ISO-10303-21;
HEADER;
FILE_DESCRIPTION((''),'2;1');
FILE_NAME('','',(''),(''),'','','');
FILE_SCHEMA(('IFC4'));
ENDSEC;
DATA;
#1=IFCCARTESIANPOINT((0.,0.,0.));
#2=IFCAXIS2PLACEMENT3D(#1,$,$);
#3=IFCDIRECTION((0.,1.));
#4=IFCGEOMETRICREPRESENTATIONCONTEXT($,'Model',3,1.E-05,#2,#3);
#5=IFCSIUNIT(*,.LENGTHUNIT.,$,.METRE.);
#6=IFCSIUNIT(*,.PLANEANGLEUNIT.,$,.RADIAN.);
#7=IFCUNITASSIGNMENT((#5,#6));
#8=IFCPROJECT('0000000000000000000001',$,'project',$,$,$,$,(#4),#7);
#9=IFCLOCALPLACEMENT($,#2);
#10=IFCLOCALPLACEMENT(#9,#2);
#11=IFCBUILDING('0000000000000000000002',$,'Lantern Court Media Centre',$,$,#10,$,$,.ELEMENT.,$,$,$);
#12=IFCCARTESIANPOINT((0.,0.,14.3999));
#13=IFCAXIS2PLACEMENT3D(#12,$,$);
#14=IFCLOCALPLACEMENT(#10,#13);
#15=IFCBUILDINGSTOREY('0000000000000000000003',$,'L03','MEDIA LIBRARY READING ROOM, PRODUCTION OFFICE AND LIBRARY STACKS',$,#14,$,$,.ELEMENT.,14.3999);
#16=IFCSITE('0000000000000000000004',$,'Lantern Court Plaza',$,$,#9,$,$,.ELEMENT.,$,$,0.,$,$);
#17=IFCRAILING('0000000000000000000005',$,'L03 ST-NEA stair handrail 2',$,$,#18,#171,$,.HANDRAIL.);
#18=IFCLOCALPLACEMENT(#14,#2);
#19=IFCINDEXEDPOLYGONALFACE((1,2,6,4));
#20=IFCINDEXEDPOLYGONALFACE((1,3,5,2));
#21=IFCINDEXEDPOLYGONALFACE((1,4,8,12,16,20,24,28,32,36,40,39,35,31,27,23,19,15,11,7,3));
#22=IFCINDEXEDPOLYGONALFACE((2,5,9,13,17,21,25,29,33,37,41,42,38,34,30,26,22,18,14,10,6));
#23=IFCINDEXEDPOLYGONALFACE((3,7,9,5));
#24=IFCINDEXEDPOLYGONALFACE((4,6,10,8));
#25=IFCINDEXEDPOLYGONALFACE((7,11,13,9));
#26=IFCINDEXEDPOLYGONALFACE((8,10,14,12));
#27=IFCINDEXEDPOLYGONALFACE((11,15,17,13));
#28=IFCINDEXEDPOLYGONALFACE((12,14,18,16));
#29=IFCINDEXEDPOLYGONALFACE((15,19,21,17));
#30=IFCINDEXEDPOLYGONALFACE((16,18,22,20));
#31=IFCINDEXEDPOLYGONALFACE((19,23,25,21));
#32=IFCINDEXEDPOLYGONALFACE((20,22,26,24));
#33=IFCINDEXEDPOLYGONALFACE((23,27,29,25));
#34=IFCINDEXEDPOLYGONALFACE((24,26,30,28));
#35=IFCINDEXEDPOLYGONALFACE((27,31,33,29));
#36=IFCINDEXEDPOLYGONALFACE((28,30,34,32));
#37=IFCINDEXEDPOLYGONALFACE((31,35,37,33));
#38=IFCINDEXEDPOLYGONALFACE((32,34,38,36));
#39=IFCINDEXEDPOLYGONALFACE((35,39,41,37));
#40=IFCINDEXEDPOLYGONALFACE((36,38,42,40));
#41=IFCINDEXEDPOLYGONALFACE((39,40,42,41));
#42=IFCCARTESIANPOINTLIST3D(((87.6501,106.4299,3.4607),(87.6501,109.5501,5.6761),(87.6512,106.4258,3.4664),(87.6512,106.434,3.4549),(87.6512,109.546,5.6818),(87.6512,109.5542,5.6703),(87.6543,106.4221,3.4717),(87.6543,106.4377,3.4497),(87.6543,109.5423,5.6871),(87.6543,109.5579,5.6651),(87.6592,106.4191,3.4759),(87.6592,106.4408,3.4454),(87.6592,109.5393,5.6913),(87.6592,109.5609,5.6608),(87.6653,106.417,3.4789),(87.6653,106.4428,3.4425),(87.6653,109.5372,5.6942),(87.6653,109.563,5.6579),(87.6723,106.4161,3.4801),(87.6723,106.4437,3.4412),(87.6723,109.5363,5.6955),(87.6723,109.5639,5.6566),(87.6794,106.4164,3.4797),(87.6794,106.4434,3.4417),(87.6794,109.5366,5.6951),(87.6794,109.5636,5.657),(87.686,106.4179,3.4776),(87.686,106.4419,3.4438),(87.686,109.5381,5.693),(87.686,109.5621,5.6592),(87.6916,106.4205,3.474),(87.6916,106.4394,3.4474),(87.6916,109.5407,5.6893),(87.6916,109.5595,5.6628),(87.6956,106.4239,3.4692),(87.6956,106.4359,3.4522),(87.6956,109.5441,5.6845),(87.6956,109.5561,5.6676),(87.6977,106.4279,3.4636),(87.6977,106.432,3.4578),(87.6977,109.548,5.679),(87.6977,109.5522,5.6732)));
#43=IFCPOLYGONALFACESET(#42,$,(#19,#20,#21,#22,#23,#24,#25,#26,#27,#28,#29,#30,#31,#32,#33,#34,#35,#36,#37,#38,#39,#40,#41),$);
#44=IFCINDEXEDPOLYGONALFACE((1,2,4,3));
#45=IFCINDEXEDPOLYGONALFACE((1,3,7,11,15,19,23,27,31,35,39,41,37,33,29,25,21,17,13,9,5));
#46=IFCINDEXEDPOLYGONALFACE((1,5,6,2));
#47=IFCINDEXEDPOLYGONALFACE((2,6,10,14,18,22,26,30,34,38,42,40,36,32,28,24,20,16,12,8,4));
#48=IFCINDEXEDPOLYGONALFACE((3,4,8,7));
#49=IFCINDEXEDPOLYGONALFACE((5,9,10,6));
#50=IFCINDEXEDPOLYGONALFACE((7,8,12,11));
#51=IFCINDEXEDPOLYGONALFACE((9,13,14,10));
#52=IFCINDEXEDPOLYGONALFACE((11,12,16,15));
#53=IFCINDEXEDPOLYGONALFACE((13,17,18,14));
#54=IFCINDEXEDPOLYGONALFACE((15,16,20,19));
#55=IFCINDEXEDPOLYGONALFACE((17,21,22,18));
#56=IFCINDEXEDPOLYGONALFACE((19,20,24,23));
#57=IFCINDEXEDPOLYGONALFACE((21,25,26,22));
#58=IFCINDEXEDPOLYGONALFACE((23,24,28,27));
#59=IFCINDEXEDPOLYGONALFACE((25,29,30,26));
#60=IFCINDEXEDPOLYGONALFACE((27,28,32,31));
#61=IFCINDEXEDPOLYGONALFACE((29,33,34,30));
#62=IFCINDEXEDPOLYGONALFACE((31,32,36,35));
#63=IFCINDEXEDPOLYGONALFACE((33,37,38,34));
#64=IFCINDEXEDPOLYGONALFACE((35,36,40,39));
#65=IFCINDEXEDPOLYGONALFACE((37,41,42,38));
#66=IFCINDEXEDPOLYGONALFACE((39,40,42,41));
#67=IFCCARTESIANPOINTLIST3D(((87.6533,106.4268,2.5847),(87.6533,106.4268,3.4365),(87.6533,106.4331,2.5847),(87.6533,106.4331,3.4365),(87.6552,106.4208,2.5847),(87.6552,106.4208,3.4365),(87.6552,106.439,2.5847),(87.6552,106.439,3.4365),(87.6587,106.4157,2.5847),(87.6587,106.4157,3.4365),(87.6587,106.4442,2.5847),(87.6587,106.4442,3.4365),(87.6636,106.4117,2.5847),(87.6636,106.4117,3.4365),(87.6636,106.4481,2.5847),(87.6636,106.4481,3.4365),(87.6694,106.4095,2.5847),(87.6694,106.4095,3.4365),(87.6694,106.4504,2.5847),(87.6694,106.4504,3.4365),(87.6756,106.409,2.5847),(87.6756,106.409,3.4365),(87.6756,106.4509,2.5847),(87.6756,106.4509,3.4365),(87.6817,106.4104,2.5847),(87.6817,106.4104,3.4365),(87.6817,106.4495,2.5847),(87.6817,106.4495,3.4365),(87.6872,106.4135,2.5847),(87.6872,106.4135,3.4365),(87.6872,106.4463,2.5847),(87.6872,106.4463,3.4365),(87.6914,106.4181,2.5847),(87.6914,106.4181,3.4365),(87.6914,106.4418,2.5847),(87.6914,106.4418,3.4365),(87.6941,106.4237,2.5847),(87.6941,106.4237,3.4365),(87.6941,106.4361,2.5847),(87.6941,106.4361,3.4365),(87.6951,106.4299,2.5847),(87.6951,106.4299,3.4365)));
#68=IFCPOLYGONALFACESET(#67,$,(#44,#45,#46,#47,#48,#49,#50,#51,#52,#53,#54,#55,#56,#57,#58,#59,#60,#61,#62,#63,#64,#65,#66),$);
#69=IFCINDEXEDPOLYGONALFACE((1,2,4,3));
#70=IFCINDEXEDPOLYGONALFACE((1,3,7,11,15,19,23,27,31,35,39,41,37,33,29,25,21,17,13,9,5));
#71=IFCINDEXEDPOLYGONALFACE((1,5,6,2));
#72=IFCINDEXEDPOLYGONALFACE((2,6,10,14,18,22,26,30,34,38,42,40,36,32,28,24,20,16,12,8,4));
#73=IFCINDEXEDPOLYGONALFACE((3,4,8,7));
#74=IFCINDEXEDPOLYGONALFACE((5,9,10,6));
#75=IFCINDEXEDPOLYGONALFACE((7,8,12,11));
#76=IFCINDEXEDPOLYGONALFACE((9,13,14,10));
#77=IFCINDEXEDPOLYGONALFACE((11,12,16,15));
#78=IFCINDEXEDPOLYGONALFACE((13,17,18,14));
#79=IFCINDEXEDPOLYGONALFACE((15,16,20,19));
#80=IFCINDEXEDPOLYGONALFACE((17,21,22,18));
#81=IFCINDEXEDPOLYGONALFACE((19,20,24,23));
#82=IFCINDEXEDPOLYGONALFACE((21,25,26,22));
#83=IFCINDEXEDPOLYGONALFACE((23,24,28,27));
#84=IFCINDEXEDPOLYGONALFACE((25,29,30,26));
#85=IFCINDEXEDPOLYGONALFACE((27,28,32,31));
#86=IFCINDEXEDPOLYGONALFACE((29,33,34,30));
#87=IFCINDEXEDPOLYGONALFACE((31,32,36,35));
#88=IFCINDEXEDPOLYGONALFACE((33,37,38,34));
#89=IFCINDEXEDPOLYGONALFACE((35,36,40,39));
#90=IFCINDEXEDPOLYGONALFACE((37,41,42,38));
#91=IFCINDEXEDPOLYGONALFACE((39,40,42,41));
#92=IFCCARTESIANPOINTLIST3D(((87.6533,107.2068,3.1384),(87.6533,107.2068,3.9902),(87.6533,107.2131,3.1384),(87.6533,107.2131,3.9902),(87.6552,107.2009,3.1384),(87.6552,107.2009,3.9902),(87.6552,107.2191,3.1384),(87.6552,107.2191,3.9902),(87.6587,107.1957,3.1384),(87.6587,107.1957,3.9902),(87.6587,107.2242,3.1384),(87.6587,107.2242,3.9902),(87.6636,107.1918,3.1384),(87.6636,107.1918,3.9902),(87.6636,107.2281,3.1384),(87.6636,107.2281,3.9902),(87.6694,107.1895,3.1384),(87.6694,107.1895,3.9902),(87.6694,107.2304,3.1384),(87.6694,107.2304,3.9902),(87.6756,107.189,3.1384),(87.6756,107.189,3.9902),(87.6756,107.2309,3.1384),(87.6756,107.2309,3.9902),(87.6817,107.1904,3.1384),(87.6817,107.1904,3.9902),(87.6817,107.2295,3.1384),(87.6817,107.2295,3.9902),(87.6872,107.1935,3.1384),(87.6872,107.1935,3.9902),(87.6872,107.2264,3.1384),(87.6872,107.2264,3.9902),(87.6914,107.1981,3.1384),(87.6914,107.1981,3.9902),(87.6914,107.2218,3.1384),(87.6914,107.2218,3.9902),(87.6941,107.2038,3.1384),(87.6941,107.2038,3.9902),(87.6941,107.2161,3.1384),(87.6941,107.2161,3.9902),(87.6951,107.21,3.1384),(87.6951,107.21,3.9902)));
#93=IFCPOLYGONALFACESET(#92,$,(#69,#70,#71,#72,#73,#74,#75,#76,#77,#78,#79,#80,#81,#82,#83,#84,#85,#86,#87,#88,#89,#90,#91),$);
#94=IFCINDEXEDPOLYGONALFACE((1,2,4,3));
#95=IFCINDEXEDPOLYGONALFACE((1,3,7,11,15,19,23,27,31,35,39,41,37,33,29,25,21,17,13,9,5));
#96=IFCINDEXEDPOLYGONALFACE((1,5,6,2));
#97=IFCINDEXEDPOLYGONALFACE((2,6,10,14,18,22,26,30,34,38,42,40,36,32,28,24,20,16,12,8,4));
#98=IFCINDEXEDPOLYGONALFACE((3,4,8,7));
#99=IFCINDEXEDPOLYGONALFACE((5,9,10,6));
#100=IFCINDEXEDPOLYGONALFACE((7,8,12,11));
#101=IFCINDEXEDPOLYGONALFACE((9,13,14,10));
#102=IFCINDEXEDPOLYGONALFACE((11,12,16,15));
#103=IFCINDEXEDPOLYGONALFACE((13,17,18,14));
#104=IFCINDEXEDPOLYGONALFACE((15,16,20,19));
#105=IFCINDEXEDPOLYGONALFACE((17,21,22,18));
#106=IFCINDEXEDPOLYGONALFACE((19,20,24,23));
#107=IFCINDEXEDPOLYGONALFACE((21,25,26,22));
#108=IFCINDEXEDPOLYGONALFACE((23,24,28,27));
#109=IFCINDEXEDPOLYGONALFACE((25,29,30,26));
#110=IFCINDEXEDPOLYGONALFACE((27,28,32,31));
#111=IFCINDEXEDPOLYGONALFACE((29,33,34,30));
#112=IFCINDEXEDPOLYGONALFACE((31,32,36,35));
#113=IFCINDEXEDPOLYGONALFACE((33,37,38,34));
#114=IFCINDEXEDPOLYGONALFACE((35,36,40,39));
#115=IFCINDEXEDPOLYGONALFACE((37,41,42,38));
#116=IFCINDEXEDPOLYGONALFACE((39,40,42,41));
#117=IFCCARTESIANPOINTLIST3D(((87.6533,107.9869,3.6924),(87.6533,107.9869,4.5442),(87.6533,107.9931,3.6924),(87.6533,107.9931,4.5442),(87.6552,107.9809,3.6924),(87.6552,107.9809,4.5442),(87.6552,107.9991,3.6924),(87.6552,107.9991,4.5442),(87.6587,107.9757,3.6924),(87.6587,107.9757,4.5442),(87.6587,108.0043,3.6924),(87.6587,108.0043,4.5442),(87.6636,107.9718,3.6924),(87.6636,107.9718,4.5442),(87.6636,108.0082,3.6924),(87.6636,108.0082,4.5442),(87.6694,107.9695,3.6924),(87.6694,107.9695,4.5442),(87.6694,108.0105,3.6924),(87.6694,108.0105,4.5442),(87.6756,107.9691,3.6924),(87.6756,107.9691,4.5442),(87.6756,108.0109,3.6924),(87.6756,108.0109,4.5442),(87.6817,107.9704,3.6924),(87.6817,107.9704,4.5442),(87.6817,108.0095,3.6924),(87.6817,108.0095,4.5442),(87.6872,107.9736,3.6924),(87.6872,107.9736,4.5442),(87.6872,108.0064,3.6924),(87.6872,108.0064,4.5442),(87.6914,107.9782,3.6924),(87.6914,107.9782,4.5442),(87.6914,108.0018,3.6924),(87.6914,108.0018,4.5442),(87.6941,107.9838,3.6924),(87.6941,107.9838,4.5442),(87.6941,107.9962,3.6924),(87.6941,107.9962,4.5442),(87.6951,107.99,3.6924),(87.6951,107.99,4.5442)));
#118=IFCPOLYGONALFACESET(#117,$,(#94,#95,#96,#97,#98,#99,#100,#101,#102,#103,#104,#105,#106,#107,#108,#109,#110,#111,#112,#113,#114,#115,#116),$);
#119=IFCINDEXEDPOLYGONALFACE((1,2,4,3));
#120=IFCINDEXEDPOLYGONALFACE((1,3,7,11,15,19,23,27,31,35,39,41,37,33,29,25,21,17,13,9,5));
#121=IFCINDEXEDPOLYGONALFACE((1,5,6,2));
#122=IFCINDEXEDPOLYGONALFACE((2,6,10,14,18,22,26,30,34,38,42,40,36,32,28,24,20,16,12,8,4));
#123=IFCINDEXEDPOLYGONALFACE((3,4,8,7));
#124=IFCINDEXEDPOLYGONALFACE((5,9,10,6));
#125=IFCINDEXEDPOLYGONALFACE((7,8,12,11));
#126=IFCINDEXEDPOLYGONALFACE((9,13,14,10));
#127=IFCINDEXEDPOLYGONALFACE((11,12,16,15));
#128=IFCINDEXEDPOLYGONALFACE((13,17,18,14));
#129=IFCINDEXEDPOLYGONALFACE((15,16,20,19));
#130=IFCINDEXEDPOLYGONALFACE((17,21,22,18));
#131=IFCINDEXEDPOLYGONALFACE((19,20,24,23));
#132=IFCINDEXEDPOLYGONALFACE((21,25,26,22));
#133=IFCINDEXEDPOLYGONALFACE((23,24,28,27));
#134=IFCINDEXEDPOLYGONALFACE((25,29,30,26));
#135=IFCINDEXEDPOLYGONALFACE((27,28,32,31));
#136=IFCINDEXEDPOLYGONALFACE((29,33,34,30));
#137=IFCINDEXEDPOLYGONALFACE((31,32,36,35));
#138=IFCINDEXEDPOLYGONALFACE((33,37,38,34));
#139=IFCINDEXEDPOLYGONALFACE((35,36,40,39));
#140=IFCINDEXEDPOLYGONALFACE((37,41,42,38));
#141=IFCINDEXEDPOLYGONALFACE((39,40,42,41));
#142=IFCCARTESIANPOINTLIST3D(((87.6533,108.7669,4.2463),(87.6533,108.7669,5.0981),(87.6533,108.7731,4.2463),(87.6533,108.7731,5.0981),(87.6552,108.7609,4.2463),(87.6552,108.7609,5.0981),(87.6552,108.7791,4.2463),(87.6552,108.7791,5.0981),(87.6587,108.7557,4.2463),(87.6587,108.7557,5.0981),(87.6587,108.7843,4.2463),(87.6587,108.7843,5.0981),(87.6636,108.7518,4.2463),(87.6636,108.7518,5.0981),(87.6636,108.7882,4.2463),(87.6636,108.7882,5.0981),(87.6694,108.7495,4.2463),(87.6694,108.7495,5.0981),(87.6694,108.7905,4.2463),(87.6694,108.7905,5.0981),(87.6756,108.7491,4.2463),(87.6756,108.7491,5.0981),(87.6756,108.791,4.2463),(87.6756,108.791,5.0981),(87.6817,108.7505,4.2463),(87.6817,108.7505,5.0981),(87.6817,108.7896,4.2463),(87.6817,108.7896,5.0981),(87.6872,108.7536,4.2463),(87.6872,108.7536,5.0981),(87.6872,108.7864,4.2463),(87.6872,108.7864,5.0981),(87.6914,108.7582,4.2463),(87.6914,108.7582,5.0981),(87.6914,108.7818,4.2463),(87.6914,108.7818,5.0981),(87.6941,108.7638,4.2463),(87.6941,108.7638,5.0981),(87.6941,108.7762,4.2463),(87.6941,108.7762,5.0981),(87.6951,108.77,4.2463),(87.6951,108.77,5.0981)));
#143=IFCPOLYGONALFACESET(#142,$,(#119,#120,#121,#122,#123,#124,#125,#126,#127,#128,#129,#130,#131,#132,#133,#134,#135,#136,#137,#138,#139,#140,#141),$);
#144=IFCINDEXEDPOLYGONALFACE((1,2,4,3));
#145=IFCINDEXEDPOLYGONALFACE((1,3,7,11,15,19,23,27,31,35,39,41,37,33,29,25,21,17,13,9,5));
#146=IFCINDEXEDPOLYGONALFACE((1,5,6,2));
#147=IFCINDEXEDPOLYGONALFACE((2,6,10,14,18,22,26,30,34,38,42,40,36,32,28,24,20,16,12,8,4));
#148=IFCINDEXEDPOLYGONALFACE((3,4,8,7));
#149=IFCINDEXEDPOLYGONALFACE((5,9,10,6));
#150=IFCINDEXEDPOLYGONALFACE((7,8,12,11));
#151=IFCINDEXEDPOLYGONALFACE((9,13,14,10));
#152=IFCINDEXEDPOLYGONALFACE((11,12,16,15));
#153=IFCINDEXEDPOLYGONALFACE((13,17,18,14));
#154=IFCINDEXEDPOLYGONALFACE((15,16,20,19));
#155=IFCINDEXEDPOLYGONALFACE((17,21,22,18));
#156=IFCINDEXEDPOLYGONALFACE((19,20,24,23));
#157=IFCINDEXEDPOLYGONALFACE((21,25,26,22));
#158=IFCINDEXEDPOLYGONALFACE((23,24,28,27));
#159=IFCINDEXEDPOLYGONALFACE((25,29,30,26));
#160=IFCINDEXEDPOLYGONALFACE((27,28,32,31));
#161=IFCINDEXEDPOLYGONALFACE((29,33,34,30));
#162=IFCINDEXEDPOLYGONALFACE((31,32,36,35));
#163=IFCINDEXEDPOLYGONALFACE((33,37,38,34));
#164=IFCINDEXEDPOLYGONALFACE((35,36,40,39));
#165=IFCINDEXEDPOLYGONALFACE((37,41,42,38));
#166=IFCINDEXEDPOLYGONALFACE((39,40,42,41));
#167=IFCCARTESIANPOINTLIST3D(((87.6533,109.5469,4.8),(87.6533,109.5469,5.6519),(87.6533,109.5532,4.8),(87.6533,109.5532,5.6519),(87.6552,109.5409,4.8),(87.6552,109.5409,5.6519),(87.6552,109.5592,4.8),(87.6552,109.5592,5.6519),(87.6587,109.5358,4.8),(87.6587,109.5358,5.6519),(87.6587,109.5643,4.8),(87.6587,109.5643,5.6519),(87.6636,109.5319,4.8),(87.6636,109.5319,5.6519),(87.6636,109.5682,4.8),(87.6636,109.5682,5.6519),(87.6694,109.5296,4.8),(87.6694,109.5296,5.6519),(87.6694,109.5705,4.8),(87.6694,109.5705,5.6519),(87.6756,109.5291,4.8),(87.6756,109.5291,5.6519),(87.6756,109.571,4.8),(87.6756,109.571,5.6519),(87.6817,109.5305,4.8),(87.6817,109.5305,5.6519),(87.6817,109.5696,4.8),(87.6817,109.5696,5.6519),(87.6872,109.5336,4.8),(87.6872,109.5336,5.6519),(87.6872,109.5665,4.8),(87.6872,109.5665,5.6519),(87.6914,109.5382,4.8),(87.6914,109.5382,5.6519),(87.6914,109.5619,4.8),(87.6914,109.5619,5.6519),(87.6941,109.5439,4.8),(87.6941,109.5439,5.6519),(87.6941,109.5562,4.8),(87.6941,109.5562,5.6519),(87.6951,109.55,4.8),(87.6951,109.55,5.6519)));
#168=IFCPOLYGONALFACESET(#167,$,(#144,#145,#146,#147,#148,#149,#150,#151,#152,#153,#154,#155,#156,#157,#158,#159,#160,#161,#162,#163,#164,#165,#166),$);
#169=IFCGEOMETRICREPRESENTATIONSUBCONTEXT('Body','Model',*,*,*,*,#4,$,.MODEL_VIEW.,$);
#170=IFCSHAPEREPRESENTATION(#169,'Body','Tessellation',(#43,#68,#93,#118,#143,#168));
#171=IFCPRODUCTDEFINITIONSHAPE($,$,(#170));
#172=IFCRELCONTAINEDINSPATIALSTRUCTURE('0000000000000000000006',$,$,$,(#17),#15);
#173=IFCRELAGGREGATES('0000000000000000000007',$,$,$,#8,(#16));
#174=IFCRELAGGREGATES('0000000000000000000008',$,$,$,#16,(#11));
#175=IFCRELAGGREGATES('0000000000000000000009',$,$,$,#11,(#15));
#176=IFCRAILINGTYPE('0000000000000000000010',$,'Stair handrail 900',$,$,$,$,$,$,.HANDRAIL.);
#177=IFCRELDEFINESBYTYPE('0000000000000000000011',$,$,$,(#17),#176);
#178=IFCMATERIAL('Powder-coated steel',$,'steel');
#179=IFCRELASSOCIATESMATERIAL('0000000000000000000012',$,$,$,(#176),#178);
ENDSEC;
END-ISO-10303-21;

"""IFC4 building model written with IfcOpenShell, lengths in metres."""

from ifc_helpers import new_model, si_unit, direction, frame, origin, origin_2d, place, context, subcontext, project, spatial, circle, extrude, material, type_object, element, save


model = new_model("IFC4")

# Units and contexts
model_context = context("Model", 3, precision=1e-05, world=origin(), true_north=direction((0.0, 1.0)))
body_context = subcontext(model_context, "Body", "Model", "MODEL_VIEW")
ifc_project = project(units=[si_unit("LENGTHUNIT", "METRE"), si_unit("PLANEANGLEUNIT", "RADIAN")], contexts=[model_context])

# Site, building, storey
site_placement = place(None, origin())
site = spatial("IfcSite", under=ifc_project, at=site_placement, Name="Lantern Court Plaza", CompositionType="ELEMENT", RefElevation=0.0)
building_placement = place(site_placement, origin())
building = spatial("IfcBuilding", under=site, at=building_placement, Name="Lantern Court Media Centre", CompositionType="ELEMENT")
storey_placement = place(building_placement, frame((0.0, 0.0, 14.3999)))
storey = spatial("IfcBuildingStorey", under=building, at=storey_placement, Name="L03", Description="MEDIA LIBRARY READING ROOM, PRODUCTION OFFICE AND LIBRARY STACKS", CompositionType="ELEMENT", Elevation=14.3999)

# Railing
ifc_material_1 = material(Name="Powder-coated steel", Category="steel")
railing_type = type_object("IfcRailingType", Name="Stair handrail 900", PredefinedType="HANDRAIL", material=ifc_material_1)
railing_placement = place(storey_placement, frame((87.6741, 106.4299, 2.5847)))
element("IfcRailing", 1, at=railing_placement, inside=storey, type_object=railing_type, Name="L03 ST-NEA stair handrail 2", PredefinedType="HANDRAIL", context=body_context, shape_type="SweptSolid", body=[
    extrude(circle(Radius=0.0239, at=origin_2d()), frame((0.0, 0.0, 0.876), z_axis=(0.0, 0.815377, 0.57893), x_axis=(-1.0, 0.0, 0.0)), (0.0, 0.0, 1.0), 3.8267),
    extrude(circle(Radius=0.021, at=origin_2d()), origin(), (0.0, 0.0, 1.0), 0.8518),
    extrude(circle(Radius=0.021, at=origin_2d()), frame((0.0, 0.78, 0.5537)), (0.0, 0.0, 1.0), 0.8518),
    extrude(circle(Radius=0.021, at=origin_2d()), frame((0.0, 1.5601, 1.1077)), (0.0, 0.0, 1.0), 0.8518),
    extrude(circle(Radius=0.021, at=origin_2d()), frame((0.0, 2.3401, 1.6616)), (0.0, 0.0, 1.0), 0.8518),
    extrude(circle(Radius=0.021, at=origin_2d()), frame((0.0, 3.1201, 2.2153)), (0.0, 0.0, 1.0), 0.8518),
])

save(model, "model.ifc")
